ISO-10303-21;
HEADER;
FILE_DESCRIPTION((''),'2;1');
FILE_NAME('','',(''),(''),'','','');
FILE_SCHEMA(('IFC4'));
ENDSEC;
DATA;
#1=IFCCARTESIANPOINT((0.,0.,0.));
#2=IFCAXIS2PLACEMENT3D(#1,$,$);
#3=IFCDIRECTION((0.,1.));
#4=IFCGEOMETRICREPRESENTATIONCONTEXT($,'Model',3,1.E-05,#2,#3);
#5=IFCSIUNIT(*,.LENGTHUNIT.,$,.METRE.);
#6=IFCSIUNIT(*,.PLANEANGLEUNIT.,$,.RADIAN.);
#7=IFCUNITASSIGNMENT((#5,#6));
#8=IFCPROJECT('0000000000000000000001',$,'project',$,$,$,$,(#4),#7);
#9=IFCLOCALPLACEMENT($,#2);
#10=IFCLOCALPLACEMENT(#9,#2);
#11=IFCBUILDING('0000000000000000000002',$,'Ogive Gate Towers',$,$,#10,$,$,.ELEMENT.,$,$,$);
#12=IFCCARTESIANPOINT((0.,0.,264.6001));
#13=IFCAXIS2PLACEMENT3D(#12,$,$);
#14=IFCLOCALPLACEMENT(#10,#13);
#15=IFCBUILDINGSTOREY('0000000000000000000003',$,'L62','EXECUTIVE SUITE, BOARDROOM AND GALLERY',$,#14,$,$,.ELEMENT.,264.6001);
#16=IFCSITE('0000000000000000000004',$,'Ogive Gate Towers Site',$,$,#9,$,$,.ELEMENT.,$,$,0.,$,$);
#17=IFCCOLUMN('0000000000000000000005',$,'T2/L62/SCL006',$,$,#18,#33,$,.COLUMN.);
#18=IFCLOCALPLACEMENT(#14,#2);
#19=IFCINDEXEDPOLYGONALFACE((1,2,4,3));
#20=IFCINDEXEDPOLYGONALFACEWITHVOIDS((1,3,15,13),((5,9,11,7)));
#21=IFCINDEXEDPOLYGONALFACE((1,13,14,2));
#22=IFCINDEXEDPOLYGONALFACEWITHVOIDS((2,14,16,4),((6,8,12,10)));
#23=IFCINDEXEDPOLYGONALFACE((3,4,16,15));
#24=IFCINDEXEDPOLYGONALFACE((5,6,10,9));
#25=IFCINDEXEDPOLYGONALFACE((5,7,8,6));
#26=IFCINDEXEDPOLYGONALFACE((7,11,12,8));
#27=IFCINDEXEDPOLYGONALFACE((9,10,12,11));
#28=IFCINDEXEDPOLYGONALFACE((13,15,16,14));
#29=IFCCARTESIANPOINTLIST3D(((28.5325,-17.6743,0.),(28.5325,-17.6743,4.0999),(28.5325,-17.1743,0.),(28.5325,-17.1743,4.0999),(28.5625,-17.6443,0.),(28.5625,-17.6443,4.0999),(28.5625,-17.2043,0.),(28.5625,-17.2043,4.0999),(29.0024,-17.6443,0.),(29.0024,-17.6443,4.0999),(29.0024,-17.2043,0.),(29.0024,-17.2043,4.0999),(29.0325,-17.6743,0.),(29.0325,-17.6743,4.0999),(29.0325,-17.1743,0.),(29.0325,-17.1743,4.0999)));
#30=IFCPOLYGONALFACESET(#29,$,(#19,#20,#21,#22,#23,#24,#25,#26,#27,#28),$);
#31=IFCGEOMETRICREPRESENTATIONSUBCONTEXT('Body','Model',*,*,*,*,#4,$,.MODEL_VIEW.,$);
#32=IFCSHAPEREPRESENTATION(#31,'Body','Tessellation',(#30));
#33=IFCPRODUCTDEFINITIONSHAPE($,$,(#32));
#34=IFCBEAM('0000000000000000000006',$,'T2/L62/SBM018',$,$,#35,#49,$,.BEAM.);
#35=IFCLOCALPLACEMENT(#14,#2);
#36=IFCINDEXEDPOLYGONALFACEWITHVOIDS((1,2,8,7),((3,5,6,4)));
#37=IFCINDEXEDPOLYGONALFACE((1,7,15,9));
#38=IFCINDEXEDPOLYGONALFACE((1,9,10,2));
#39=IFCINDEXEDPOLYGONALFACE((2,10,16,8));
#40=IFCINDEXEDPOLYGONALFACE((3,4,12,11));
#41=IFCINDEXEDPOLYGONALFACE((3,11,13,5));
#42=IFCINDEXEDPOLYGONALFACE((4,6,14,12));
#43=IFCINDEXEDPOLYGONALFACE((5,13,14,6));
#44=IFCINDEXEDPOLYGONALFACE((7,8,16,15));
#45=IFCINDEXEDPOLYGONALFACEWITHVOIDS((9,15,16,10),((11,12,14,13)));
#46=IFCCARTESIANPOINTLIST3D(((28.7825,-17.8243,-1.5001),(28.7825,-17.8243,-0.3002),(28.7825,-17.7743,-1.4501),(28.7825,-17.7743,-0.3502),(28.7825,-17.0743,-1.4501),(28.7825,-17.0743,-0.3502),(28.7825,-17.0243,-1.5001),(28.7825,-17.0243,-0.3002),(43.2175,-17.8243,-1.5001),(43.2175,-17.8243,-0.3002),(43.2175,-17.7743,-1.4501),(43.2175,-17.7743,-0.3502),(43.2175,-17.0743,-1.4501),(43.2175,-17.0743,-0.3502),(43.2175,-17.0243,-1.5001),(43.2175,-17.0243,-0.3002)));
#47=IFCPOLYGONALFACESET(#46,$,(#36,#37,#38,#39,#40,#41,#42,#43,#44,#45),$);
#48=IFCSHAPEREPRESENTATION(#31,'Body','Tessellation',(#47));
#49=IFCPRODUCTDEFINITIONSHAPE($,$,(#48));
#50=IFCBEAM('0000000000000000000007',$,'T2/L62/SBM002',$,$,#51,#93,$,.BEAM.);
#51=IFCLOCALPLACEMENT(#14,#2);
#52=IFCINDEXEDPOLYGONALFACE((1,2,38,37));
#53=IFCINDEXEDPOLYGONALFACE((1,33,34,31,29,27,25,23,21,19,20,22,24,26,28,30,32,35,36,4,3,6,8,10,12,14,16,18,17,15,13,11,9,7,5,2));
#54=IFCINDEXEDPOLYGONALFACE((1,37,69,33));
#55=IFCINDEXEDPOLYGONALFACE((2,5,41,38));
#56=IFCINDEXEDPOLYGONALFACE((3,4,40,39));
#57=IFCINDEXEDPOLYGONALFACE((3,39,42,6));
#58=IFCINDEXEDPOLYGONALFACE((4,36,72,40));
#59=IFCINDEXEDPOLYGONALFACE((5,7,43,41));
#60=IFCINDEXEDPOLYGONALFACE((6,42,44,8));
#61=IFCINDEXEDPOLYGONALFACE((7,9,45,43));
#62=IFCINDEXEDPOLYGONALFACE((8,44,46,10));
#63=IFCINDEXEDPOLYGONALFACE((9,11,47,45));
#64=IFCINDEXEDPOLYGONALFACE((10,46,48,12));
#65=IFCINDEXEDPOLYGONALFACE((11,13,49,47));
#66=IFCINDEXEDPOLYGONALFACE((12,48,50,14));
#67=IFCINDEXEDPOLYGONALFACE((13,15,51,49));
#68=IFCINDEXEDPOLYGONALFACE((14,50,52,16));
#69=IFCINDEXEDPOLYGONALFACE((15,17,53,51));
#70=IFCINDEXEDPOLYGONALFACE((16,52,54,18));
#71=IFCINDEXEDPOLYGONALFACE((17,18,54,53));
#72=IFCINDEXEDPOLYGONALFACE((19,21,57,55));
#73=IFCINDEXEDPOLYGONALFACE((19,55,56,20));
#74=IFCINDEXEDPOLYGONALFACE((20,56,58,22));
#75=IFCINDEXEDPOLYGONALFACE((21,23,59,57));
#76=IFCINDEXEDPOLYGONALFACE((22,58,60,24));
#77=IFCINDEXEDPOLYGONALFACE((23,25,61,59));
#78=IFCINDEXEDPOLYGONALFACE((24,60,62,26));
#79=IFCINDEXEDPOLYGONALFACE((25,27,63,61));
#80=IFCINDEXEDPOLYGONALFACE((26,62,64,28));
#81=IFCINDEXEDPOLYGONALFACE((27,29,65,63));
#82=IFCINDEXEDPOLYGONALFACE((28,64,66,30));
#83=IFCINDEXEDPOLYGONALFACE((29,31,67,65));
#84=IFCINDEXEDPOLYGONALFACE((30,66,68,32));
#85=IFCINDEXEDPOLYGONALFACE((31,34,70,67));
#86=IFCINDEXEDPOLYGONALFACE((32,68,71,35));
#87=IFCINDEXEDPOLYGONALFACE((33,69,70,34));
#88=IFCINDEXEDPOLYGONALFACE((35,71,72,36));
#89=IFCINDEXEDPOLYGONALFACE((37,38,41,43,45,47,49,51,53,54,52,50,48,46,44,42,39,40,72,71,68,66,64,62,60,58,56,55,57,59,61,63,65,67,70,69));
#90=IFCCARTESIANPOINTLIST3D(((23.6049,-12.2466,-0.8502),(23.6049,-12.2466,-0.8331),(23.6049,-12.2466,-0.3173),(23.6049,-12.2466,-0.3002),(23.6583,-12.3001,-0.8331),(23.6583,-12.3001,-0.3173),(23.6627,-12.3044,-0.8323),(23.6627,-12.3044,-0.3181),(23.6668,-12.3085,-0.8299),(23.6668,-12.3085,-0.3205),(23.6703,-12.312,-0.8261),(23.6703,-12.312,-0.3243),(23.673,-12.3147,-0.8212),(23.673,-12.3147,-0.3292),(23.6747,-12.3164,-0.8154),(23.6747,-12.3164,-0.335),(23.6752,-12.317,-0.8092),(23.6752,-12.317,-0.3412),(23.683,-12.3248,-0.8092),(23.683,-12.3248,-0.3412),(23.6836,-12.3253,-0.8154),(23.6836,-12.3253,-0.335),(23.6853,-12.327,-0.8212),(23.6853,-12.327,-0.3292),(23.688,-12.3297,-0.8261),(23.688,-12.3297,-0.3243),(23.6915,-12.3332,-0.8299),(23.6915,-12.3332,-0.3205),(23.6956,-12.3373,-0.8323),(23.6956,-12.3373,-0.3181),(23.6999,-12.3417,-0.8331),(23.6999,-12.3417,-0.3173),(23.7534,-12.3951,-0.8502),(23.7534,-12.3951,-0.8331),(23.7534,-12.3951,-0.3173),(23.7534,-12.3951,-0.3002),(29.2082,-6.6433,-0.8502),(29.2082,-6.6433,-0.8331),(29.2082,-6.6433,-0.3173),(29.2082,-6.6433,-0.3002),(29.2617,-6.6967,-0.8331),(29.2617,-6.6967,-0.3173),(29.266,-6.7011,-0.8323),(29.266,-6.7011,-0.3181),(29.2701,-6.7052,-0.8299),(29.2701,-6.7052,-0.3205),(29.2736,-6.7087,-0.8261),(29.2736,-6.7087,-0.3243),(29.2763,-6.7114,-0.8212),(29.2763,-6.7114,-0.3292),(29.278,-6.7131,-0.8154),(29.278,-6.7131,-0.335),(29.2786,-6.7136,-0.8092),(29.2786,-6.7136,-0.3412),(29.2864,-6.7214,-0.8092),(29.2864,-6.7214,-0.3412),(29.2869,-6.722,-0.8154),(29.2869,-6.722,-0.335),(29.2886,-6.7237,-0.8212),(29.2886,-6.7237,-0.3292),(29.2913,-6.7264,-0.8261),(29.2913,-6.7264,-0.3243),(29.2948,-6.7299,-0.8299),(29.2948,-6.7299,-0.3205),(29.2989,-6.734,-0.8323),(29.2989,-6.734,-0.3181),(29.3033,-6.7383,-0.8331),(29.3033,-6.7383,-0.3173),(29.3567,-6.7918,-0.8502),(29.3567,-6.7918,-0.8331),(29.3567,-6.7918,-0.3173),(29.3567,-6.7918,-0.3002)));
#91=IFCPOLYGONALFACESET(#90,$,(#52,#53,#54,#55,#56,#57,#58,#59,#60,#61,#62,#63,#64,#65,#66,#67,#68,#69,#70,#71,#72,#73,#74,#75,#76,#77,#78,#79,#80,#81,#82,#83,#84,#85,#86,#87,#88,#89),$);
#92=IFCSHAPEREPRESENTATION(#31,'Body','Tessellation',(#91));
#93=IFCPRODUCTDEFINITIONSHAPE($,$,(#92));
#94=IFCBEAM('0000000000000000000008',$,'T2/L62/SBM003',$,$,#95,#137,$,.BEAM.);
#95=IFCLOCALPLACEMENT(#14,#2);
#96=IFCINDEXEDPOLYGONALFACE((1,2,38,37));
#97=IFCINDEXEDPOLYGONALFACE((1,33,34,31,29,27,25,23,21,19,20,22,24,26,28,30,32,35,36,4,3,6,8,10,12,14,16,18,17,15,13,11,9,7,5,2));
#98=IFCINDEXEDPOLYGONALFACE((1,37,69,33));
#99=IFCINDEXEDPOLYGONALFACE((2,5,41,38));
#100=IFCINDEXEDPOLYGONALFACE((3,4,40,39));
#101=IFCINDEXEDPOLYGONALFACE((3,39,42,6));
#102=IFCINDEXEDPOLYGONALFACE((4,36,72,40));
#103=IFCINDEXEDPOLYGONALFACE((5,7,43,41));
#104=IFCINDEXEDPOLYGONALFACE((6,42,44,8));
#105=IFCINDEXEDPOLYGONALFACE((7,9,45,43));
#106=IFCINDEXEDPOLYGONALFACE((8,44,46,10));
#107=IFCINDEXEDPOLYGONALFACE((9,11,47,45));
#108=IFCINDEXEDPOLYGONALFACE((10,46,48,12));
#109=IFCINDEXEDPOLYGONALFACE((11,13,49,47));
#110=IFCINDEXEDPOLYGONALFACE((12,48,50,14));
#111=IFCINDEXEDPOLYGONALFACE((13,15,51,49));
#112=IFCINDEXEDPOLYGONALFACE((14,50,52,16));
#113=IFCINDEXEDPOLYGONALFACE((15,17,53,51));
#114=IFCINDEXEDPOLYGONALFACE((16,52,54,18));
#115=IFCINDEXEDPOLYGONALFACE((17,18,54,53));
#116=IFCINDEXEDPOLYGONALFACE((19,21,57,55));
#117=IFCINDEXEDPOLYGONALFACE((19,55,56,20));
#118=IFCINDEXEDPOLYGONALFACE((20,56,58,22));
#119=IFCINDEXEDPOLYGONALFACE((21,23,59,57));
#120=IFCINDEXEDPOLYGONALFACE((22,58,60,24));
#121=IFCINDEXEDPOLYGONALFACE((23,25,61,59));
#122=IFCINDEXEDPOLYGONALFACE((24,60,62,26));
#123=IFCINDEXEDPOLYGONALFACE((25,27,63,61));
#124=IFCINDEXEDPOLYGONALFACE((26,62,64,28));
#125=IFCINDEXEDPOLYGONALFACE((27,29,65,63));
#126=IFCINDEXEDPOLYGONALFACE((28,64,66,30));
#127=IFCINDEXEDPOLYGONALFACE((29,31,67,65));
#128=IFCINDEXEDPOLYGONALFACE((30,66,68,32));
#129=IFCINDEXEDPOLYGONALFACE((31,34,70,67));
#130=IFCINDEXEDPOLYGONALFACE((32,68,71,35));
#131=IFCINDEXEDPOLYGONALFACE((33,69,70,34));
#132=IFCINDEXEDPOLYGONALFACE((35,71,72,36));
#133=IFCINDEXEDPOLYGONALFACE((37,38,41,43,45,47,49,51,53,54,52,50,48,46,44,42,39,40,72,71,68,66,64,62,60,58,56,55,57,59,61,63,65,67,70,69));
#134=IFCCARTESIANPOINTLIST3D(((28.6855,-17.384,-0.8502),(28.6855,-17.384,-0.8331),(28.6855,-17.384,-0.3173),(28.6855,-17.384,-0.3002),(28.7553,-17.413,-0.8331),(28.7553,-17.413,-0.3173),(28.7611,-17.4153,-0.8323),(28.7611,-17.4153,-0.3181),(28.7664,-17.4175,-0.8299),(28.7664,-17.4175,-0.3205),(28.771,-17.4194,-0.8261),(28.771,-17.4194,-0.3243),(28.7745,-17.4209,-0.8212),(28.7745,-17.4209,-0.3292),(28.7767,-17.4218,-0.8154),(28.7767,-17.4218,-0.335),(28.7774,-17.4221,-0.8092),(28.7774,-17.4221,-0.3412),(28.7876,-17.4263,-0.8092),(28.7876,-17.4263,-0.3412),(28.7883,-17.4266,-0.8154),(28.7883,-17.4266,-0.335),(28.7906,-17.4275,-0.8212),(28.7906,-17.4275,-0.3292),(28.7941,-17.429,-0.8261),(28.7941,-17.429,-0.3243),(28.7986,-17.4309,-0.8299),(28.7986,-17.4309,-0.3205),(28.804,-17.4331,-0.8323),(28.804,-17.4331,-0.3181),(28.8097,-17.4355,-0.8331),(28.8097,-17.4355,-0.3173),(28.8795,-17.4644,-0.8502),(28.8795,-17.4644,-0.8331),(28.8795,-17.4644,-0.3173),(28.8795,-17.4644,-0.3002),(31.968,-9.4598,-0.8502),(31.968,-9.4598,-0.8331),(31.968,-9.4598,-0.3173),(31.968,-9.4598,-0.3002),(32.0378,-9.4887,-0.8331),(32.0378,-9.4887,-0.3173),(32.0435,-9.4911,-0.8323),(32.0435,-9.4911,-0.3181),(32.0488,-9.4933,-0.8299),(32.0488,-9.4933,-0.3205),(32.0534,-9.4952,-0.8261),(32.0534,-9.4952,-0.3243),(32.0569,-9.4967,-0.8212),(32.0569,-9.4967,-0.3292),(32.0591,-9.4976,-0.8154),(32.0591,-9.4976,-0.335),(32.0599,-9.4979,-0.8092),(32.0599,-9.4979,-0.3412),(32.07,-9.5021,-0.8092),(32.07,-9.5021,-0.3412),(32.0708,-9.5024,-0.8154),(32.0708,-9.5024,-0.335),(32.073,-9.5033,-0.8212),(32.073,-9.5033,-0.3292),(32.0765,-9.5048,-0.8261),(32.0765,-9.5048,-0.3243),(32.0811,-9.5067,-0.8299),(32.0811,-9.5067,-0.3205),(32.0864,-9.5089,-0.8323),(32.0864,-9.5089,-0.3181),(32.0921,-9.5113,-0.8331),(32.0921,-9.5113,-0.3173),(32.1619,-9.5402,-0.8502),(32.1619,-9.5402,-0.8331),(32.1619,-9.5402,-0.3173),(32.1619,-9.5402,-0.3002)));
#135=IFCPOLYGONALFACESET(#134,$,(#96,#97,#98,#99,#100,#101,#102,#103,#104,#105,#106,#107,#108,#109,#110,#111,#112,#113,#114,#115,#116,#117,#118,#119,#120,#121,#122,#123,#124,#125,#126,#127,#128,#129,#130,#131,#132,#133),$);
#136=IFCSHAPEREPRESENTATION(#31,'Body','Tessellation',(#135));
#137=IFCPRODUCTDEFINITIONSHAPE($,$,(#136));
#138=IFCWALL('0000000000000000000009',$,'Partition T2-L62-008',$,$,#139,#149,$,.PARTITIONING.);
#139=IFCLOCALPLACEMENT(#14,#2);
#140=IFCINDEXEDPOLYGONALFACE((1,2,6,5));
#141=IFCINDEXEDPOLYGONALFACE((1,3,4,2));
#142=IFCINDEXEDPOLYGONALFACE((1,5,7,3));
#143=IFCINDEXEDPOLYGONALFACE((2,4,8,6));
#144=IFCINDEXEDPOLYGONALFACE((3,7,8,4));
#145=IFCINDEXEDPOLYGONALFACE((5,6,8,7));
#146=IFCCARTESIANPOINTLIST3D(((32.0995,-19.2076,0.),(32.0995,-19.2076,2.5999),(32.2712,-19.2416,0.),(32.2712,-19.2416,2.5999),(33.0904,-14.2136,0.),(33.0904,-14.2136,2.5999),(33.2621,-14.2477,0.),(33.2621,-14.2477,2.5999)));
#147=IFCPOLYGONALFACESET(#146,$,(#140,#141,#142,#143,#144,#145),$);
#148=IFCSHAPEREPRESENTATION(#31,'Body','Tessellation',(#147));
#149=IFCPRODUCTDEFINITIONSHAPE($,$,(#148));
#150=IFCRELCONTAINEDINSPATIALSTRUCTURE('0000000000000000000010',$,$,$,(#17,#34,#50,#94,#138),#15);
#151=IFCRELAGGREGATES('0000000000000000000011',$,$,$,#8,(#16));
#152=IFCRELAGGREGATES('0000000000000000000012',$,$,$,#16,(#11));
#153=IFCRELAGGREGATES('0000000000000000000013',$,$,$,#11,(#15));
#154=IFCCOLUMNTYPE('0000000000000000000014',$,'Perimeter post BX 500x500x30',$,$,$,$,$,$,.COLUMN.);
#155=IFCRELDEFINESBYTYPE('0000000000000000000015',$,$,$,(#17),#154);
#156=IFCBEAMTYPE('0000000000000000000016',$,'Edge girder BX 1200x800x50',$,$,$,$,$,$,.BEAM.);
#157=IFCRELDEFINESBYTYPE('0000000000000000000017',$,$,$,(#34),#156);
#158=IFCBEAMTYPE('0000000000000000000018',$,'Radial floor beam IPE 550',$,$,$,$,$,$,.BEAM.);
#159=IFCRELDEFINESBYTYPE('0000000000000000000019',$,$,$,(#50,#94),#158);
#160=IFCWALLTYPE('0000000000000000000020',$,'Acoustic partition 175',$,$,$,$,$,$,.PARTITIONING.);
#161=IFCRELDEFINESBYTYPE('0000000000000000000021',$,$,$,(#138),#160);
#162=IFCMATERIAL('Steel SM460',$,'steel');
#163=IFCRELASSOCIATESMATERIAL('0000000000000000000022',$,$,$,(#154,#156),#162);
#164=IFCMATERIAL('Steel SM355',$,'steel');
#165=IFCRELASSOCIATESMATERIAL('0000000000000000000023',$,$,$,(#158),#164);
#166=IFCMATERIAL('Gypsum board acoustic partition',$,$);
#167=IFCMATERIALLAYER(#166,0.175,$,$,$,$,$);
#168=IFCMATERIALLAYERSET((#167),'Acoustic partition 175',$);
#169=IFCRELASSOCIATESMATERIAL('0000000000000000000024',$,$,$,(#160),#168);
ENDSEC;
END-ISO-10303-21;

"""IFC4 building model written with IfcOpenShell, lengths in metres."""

from ifc_helpers import new_model, si_unit, direction, frame, frame_2d, origin, origin_2d, place, context, subcontext, project, spatial, rectangle, hollow_rectangle, i_section, extrude, material, layer, layer_set, material_profile, profile_set, type_object, element, save


model = new_model("IFC4")

# Units and contexts
model_context = context("Model", 3, precision=1e-05, world=origin(), true_north=direction((0.0, 1.0)))
body_context = subcontext(model_context, "Body", "Model", "MODEL_VIEW")
ifc_project = project(units=[si_unit("LENGTHUNIT", "METRE"), si_unit("PLANEANGLEUNIT", "RADIAN")], contexts=[model_context])

# Site, building, storey
site_placement = place(None, origin())
site = spatial("IfcSite", under=ifc_project, at=site_placement, Name="Ogive Gate Towers Site", CompositionType="ELEMENT", RefElevation=0.0)
building_placement = place(site_placement, origin())
building = spatial("IfcBuilding", under=site, at=building_placement, Name="Ogive Gate Towers", CompositionType="ELEMENT")
storey_placement = place(building_placement, frame((0.0, 0.0, 264.6001)))
storey = spatial("IfcBuildingStorey", under=building, at=storey_placement, Name="L62", Description="EXECUTIVE SUITE, BOARDROOM AND GALLERY", CompositionType="ELEMENT", Elevation=264.6001)

# Column
ifc_material_1 = material(Name="Steel SM460", Category="steel")
ifc_material_profile_1 = material_profile(ifc_material_1, hollow_rectangle(XDim=0.5, YDim=0.5, WallThickness=0.03, at=origin_2d()), Name="BX 500x500x30")
ifc_profile_set_1 = profile_set([ifc_material_profile_1], Name="Steel SM460")
column_type = type_object("IfcColumnType", Name="Perimeter post BX 500x500x30", PredefinedType="COLUMN", material=ifc_profile_set_1)
column_placement = place(storey_placement, frame((28.7825, -17.4243, 0.0), z_axis=(0.0, 0.0, 1.0), x_axis=(1.0, 0.0, 0.0)))
element("IfcColumn", 1, at=column_placement, inside=storey, type_object=column_type, Name="T2/L62/SCL006", PredefinedType="COLUMN", context=body_context, shape_type="SweptSolid", body=[
    extrude(hollow_rectangle(XDim=0.5, YDim=0.5, WallThickness=0.03, at=origin_2d()), origin(), (0.0, 0.0, 1.0), 4.0999),
])

# Beams
ifc_material_profile_2 = material_profile(ifc_material_1, hollow_rectangle(XDim=0.8, YDim=1.2, WallThickness=0.05, at=origin_2d()), Name="BX 1200x800x50")
ifc_profile_set_2 = profile_set([ifc_material_profile_2], Name="Steel SM460")
beam_type_1 = type_object("IfcBeamType", Name="Edge girder BX 1200x800x50", PredefinedType="BEAM", material=ifc_profile_set_2)
beam_1_placement = place(storey_placement, frame((28.7825, -17.4243, -0.9001), z_axis=(1.0, 0.0, 0.0), x_axis=(0.0, 1.0, 0.0)))
element("IfcBeam", 2, at=beam_1_placement, inside=storey, type_object=beam_type_1, Name="T2/L62/SBM018", PredefinedType="BEAM", context=body_context, shape_type="SweptSolid", body=[
    extrude(hollow_rectangle(XDim=0.8, YDim=1.2, WallThickness=0.05, at=origin_2d()), origin(), (0.0, 0.0, 1.0), 14.4351),
])
ifc_material_2 = material(Name="Steel SM355", Category="steel")
ifc_material_profile_3 = material_profile(ifc_material_2, i_section(OverallWidth=0.21, OverallDepth=0.55, WebThickness=0.011, FlangeThickness=0.0171, FilletRadius=0.0239, at=origin_2d()), Name="IPE 550")
ifc_profile_set_3 = profile_set([ifc_material_profile_3], Name="Steel SM355")
beam_type_2 = type_object("IfcBeamType", Name="Radial floor beam IPE 550", PredefinedType="BEAM", material=ifc_profile_set_3)
beam_2_placement = place(storey_placement, frame((29.2825, -6.7175, -0.5752), z_axis=(-0.707107, -0.707107, 0.0), x_axis=(0.707107, -0.707107, 0.0)))
element("IfcBeam", 3, at=beam_2_placement, inside=storey, type_object=beam_type_2, Name="T2/L62/SBM002", PredefinedType="BEAM", context=body_context, shape_type="SweptSolid", body=[
    extrude(i_section(OverallWidth=0.21, OverallDepth=0.55, WebThickness=0.011, FlangeThickness=0.0171, FilletRadius=0.0239, at=origin_2d()), origin(), (0.0, 0.0, 1.0), 7.9243),
])
beam_3_placement = place(storey_placement, frame((32.0649, -9.5, -0.5752), z_axis=(-0.382695, -0.923875, 0.0), x_axis=(0.923875, -0.382695, 0.0)))
element("IfcBeam", 4, at=beam_3_placement, inside=storey, type_object=beam_type_2, Name="T2/L62/SBM003", PredefinedType="BEAM", context=body_context, shape_type="SweptSolid", body=[
    extrude(i_section(OverallWidth=0.21, OverallDepth=0.55, WebThickness=0.011, FlangeThickness=0.0171, FilletRadius=0.0239, at=origin_2d()), origin(), (0.0, 0.0, 1.0), 8.5771),
])

# Wall
ifc_material_3 = material(Name="Gypsum board acoustic partition")
ifc_layer_1 = layer(ifc_material_3, 0.175)
ifc_layer_set_1 = layer_set([ifc_layer_1], Name="Acoustic partition 175")
wall_type_1 = type_object("IfcWallType", Name="Acoustic partition 175", PredefinedType="PARTITIONING", material=ifc_layer_set_1)
wall_1_placement = place(storey_placement, frame((32.1853, -19.2246, 0.0), z_axis=(0.0, 0.0, 1.0), x_axis=(0.19464, 0.980875, 0.0)))
element("IfcWall", 5, at=wall_1_placement, inside=storey, type_object=wall_type_1, Name="Partition T2-L62-008", PredefinedType="PARTITIONING", context=body_context, shape_type="SweptSolid", body=[
    extrude(rectangle(XDim=5.0913, YDim=0.175, at=frame_2d((2.5457, 0.0))), origin(), (0.0, 0.0, 1.0), 2.5999),
])

save(model, "model.ifc")
